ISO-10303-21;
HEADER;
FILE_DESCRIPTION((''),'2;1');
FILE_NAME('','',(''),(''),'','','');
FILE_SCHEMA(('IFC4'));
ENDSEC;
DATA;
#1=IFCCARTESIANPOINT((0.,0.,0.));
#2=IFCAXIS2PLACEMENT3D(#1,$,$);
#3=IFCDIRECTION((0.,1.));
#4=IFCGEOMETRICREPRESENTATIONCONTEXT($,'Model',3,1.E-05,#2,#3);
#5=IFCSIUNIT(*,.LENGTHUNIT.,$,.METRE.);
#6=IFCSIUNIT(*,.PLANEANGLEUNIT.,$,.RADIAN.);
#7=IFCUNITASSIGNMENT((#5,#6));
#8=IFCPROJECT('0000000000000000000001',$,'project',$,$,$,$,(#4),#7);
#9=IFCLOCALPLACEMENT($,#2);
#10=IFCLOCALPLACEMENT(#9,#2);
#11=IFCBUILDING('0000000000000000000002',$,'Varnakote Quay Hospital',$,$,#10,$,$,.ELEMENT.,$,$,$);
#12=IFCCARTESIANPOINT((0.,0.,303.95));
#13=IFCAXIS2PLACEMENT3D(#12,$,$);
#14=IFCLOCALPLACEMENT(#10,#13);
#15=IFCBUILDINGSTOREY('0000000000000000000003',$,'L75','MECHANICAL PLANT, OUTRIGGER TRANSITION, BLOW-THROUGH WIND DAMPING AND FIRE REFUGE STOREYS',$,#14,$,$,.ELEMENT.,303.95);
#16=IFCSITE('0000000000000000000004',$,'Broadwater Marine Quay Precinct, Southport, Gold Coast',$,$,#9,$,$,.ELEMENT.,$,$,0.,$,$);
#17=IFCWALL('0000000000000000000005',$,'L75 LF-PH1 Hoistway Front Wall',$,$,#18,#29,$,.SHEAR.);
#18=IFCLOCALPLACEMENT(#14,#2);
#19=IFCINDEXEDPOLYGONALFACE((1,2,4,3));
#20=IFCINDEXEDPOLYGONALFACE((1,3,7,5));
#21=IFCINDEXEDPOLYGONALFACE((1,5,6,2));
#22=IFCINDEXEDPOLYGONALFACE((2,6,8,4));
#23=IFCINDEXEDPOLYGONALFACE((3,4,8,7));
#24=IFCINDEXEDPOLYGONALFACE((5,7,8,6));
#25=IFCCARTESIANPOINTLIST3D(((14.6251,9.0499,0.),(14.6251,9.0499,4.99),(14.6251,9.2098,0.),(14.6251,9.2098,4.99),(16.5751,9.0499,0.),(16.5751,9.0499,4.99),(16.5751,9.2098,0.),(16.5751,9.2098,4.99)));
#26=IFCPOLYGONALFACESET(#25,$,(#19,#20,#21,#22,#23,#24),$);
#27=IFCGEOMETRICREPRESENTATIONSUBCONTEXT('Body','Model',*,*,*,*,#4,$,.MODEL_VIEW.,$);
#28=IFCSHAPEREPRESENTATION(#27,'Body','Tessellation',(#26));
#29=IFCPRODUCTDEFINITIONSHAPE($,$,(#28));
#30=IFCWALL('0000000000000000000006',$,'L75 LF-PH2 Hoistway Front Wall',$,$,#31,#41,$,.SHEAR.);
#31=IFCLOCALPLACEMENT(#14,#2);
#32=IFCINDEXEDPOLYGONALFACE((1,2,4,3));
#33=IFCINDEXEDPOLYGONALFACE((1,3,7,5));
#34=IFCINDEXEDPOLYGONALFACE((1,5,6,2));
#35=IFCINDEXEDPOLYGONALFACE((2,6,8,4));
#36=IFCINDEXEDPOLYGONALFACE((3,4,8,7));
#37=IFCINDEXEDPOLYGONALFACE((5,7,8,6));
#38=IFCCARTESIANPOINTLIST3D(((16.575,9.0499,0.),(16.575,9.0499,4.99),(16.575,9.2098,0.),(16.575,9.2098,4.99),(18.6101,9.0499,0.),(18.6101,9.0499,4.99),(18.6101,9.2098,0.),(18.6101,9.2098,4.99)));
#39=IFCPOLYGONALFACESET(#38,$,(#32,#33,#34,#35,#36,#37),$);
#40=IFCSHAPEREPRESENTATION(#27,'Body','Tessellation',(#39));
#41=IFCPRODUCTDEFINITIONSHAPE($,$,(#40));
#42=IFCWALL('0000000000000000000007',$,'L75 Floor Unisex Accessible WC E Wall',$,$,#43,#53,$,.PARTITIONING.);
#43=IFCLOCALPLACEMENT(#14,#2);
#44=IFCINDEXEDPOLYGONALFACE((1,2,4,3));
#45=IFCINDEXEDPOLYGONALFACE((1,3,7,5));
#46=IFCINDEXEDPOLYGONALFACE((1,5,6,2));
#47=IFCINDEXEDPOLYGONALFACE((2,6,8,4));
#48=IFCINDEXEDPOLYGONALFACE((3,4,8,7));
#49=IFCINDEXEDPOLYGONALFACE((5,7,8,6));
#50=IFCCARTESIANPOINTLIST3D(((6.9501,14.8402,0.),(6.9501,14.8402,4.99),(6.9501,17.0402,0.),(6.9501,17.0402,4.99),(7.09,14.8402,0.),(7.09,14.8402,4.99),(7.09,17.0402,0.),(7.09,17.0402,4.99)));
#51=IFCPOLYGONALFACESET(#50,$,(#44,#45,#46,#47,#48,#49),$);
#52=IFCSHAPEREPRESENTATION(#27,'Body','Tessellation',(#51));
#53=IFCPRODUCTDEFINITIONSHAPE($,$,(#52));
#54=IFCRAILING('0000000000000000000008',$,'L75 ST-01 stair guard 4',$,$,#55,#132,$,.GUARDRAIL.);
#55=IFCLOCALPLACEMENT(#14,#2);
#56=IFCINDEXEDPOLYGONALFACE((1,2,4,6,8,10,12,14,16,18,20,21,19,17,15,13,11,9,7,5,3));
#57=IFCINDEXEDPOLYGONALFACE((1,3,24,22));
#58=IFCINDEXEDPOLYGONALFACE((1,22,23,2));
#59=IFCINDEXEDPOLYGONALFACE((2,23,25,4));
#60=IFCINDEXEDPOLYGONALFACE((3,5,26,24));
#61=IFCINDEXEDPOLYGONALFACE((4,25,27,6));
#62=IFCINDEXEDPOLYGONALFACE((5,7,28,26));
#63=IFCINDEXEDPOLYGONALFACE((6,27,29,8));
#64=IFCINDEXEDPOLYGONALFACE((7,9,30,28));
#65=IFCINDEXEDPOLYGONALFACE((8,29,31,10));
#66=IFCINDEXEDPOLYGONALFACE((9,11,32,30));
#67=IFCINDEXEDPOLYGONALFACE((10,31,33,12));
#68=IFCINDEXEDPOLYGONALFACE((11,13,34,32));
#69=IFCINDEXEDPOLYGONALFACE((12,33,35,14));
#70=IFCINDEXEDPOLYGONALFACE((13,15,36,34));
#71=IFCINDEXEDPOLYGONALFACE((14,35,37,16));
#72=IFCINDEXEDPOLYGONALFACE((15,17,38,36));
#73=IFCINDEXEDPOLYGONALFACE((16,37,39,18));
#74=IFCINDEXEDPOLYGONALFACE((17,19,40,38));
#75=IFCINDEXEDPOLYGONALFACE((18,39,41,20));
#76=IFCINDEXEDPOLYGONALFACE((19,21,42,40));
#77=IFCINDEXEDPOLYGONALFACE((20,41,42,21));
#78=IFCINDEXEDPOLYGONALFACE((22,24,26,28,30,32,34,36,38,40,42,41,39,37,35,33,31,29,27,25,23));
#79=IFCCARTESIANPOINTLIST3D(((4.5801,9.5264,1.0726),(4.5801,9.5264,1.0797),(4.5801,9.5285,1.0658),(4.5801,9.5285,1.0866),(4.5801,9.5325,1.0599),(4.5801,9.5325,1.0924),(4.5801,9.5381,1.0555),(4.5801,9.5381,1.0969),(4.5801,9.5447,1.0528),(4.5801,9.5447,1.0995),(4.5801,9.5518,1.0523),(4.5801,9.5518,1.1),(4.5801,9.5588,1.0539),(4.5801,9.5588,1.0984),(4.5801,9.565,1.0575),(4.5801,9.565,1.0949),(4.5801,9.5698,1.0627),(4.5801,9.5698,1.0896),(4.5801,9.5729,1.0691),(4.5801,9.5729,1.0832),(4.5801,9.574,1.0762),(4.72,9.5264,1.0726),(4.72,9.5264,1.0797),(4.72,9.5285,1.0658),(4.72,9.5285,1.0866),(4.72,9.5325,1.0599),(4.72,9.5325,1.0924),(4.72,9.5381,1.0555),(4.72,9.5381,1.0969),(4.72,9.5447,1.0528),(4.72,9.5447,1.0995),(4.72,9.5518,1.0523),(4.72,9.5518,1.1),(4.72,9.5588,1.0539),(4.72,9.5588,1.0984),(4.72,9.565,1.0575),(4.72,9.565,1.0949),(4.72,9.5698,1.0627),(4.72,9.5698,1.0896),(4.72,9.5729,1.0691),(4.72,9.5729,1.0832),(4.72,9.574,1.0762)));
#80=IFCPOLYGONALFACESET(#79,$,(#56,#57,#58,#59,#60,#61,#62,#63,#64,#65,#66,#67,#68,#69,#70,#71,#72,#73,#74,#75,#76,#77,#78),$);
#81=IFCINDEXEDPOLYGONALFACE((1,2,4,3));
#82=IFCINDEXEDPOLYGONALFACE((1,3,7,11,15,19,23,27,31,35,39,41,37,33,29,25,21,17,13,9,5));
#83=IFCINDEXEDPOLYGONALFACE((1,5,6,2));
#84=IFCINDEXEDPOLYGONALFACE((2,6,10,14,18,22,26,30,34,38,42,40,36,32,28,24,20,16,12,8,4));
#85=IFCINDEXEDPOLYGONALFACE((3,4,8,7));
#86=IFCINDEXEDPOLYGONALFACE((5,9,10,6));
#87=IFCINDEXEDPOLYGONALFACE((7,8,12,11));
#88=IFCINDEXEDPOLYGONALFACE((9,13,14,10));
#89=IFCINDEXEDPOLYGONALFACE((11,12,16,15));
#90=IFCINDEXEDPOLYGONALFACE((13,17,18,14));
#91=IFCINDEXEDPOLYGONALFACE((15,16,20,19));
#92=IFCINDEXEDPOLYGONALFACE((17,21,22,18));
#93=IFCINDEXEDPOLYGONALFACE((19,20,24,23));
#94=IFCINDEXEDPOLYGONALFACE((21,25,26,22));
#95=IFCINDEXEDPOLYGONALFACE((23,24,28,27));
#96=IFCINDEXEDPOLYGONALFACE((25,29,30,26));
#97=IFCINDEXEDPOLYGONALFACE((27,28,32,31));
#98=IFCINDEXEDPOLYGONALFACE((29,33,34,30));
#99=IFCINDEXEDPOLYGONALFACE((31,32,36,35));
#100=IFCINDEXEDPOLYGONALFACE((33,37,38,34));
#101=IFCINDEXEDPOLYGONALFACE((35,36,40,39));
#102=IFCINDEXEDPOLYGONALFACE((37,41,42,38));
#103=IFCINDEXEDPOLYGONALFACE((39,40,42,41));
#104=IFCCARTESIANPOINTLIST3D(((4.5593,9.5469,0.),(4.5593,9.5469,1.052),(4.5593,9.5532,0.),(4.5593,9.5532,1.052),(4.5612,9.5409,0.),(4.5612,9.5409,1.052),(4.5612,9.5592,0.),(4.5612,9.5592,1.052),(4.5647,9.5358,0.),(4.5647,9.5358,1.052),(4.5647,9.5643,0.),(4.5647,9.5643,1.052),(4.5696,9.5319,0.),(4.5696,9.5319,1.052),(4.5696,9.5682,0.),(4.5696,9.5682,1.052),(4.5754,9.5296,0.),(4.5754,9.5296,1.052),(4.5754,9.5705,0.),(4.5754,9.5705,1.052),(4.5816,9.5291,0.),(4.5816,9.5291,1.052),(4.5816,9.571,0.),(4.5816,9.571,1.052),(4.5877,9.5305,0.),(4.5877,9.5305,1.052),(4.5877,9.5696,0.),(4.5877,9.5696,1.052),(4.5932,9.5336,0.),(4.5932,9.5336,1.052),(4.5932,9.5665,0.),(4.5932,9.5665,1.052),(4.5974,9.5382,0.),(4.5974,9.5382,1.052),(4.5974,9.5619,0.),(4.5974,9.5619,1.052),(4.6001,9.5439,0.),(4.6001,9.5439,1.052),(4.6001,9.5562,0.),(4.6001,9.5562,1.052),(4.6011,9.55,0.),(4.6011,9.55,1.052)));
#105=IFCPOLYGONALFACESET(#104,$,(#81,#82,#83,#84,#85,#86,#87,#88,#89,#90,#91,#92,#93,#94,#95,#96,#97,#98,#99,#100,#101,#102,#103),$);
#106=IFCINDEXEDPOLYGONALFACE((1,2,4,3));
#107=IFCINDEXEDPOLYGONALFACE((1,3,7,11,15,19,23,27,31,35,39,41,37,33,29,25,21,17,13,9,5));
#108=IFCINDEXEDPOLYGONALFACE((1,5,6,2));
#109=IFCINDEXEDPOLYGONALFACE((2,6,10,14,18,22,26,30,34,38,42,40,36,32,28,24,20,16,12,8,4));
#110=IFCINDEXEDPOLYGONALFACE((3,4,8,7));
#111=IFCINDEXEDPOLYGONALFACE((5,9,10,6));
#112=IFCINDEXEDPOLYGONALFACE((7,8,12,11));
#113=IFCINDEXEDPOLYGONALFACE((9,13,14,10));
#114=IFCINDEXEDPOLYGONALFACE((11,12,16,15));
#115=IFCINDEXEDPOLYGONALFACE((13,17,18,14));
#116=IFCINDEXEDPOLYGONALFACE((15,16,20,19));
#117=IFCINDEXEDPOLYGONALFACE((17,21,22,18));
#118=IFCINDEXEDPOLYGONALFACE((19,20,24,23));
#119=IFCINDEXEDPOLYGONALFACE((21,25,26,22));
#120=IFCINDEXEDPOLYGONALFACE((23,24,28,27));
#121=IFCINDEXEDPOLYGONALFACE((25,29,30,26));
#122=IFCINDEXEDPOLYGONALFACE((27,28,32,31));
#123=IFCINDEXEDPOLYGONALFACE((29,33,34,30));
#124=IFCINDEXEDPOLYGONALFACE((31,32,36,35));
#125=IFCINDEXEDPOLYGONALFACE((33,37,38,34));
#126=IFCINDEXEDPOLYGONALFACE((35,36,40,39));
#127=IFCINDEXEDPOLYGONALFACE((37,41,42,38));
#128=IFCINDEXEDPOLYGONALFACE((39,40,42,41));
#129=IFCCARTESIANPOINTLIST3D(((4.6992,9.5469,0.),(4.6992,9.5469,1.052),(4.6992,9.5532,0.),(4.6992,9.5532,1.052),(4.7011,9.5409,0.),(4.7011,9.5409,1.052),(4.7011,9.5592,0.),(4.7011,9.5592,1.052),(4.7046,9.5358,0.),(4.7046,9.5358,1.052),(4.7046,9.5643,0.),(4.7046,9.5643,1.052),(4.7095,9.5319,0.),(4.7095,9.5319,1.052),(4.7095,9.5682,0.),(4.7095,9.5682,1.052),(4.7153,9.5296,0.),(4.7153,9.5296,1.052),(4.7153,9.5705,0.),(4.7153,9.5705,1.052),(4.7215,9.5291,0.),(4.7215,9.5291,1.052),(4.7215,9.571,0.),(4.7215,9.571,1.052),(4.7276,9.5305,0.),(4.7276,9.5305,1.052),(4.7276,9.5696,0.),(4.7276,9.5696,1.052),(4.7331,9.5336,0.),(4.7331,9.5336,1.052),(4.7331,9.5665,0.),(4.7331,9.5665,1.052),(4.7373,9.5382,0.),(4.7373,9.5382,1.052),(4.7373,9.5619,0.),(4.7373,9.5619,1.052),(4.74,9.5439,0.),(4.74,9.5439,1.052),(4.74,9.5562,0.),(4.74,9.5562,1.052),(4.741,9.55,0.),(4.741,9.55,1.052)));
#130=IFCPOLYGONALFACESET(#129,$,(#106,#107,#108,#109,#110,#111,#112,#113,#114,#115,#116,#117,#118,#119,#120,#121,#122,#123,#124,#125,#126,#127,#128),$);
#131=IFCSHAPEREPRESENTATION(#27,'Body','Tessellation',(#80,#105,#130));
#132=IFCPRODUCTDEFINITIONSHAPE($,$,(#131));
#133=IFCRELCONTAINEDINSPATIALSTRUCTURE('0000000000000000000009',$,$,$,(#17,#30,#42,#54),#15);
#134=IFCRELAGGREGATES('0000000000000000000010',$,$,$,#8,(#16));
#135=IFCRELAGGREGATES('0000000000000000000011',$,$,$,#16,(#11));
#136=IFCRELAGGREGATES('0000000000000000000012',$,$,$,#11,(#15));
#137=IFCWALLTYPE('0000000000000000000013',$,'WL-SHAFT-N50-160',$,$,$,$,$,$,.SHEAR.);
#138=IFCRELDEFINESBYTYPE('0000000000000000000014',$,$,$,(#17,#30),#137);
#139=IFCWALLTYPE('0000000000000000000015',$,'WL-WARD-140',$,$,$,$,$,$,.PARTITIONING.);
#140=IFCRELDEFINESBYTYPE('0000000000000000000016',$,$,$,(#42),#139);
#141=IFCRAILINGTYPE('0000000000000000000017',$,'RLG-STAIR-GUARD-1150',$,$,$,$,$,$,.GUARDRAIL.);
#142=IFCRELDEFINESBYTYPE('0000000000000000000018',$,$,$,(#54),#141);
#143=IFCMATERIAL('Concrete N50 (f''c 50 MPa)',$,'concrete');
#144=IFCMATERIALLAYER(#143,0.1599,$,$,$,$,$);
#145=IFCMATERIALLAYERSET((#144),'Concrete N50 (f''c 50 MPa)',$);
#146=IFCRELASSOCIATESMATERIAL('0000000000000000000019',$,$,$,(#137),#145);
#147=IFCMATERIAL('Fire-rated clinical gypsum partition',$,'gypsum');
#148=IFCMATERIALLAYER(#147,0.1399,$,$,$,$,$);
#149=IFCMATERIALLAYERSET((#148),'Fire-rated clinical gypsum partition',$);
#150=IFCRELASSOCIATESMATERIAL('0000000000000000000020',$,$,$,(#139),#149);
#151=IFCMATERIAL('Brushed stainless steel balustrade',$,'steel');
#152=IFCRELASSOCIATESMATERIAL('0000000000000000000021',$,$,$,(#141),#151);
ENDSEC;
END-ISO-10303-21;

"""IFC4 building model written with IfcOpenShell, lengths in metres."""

from ifc_helpers import new_model, si_unit, direction, frame, frame_2d, origin, origin_2d, place, context, subcontext, project, spatial, rectangle, circle, extrude, material, layer, layer_set, type_object, element, save


model = new_model("IFC4")

# Units and contexts
model_context = context("Model", 3, precision=1e-05, world=origin(), true_north=direction((0.0, 1.0)))
body_context = subcontext(model_context, "Body", "Model", "MODEL_VIEW")
ifc_project = project(units=[si_unit("LENGTHUNIT", "METRE"), si_unit("PLANEANGLEUNIT", "RADIAN")], contexts=[model_context])

# Site, building, storey
site_placement = place(None, origin())
site = spatial("IfcSite", under=ifc_project, at=site_placement, Name="Broadwater Marine Quay Precinct, Southport, Gold Coast", CompositionType="ELEMENT", RefElevation=0.0)
building_placement = place(site_placement, origin())
building = spatial("IfcBuilding", under=site, at=building_placement, Name="Varnakote Quay Hospital", CompositionType="ELEMENT")
storey_placement = place(building_placement, frame((0.0, 0.0, 303.95)))
storey = spatial("IfcBuildingStorey", under=building, at=storey_placement, Name="L75", Description="MECHANICAL PLANT, OUTRIGGER TRANSITION, BLOW-THROUGH WIND DAMPING AND FIRE REFUGE STOREYS", CompositionType="ELEMENT", Elevation=303.95)

# Shared definitions
ifc_material_1 = material(Name="Concrete N50 (f'c 50 MPa)", Category="concrete")
ifc_layer_1 = layer(ifc_material_1, 0.1599)
ifc_layer_set_1 = layer_set([ifc_layer_1], Name="Concrete N50 (f'c 50 MPa)")
wall_type_1 = type_object("IfcWallType", Name="WL-SHAFT-N50-160", PredefinedType="SHEAR", material=ifc_layer_set_1)

# Walls
wall_1_placement = place(storey_placement, frame((14.625, 9.1299, 0.0), z_axis=(0.0, 0.0, 1.0), x_axis=(1.0, 0.0, 0.0)))
element("IfcWall", 1, at=wall_1_placement, inside=storey, type_object=wall_type_1, Name="L75 LF-PH1 Hoistway Front Wall", PredefinedType="SHEAR", context=body_context, shape_type="SweptSolid", body=[
    extrude(rectangle(XDim=1.95, YDim=0.1599, at=frame_2d((0.9751, 0.0))), origin(), (0.0, 0.0, 1.0), 4.99),
])
wall_2_placement = place(storey_placement, frame((16.575, 9.1299, 0.0), z_axis=(0.0, 0.0, 1.0), x_axis=(1.0, 0.0, 0.0)))
element("IfcWall", 2, at=wall_2_placement, inside=storey, type_object=wall_type_1, Name="L75 LF-PH2 Hoistway Front Wall", PredefinedType="SHEAR", context=body_context, shape_type="SweptSolid", body=[
    extrude(rectangle(XDim=2.0352, YDim=0.1599, at=frame_2d((1.0176, 0.0))), origin(), (0.0, 0.0, 1.0), 4.99),
])
ifc_material_2 = material(Name="Fire-rated clinical gypsum partition", Category="gypsum")
ifc_layer_2 = layer(ifc_material_2, 0.1399)
ifc_layer_set_2 = layer_set([ifc_layer_2], Name="Fire-rated clinical gypsum partition")
wall_type_2 = type_object("IfcWallType", Name="WL-WARD-140", PredefinedType="PARTITIONING", material=ifc_layer_set_2)
wall_3_placement = place(storey_placement, frame((7.02, 14.8401, 0.0), z_axis=(0.0, 0.0, 1.0), x_axis=(0.0, 1.0, 0.0)))
element("IfcWall", 3, at=wall_3_placement, inside=storey, type_object=wall_type_2, Name="L75 Floor Unisex Accessible WC E Wall", PredefinedType="PARTITIONING", context=body_context, shape_type="SweptSolid", body=[
    extrude(rectangle(XDim=2.2, YDim=0.1399, at=frame_2d((1.1001, 0.0))), origin(), (0.0, 0.0, 1.0), 4.99),
])

# Railing
ifc_material_3 = material(Name="Brushed stainless steel balustrade", Category="steel")
railing_type = type_object("IfcRailingType", Name="RLG-STAIR-GUARD-1150", PredefinedType="GUARDRAIL", material=ifc_material_3)
railing_placement = place(storey_placement, frame((4.5801, 9.55, 0.0)))
element("IfcRailing", 4, at=railing_placement, inside=storey, type_object=railing_type, Name="L75 ST-01 stair guard 4", PredefinedType="GUARDRAIL", context=body_context, shape_type="SweptSolid", body=[
    extrude(circle(Radius=0.0239, at=origin_2d()), frame((0.0, 0.0, 1.0762), z_axis=(1.0, 0.0, 0.0), x_axis=(0.0, 1.0, 0.0)), (0.0, 0.0, 1.0), 0.1399),
    extrude(circle(Radius=0.021, at=origin_2d()), origin(), (0.0, 0.0, 1.0), 1.052),
    extrude(circle(Radius=0.021, at=origin_2d()), frame((0.1399, 0.0, 0.0)), (0.0, 0.0, 1.0), 1.052),
])

save(model, "model.ifc")
